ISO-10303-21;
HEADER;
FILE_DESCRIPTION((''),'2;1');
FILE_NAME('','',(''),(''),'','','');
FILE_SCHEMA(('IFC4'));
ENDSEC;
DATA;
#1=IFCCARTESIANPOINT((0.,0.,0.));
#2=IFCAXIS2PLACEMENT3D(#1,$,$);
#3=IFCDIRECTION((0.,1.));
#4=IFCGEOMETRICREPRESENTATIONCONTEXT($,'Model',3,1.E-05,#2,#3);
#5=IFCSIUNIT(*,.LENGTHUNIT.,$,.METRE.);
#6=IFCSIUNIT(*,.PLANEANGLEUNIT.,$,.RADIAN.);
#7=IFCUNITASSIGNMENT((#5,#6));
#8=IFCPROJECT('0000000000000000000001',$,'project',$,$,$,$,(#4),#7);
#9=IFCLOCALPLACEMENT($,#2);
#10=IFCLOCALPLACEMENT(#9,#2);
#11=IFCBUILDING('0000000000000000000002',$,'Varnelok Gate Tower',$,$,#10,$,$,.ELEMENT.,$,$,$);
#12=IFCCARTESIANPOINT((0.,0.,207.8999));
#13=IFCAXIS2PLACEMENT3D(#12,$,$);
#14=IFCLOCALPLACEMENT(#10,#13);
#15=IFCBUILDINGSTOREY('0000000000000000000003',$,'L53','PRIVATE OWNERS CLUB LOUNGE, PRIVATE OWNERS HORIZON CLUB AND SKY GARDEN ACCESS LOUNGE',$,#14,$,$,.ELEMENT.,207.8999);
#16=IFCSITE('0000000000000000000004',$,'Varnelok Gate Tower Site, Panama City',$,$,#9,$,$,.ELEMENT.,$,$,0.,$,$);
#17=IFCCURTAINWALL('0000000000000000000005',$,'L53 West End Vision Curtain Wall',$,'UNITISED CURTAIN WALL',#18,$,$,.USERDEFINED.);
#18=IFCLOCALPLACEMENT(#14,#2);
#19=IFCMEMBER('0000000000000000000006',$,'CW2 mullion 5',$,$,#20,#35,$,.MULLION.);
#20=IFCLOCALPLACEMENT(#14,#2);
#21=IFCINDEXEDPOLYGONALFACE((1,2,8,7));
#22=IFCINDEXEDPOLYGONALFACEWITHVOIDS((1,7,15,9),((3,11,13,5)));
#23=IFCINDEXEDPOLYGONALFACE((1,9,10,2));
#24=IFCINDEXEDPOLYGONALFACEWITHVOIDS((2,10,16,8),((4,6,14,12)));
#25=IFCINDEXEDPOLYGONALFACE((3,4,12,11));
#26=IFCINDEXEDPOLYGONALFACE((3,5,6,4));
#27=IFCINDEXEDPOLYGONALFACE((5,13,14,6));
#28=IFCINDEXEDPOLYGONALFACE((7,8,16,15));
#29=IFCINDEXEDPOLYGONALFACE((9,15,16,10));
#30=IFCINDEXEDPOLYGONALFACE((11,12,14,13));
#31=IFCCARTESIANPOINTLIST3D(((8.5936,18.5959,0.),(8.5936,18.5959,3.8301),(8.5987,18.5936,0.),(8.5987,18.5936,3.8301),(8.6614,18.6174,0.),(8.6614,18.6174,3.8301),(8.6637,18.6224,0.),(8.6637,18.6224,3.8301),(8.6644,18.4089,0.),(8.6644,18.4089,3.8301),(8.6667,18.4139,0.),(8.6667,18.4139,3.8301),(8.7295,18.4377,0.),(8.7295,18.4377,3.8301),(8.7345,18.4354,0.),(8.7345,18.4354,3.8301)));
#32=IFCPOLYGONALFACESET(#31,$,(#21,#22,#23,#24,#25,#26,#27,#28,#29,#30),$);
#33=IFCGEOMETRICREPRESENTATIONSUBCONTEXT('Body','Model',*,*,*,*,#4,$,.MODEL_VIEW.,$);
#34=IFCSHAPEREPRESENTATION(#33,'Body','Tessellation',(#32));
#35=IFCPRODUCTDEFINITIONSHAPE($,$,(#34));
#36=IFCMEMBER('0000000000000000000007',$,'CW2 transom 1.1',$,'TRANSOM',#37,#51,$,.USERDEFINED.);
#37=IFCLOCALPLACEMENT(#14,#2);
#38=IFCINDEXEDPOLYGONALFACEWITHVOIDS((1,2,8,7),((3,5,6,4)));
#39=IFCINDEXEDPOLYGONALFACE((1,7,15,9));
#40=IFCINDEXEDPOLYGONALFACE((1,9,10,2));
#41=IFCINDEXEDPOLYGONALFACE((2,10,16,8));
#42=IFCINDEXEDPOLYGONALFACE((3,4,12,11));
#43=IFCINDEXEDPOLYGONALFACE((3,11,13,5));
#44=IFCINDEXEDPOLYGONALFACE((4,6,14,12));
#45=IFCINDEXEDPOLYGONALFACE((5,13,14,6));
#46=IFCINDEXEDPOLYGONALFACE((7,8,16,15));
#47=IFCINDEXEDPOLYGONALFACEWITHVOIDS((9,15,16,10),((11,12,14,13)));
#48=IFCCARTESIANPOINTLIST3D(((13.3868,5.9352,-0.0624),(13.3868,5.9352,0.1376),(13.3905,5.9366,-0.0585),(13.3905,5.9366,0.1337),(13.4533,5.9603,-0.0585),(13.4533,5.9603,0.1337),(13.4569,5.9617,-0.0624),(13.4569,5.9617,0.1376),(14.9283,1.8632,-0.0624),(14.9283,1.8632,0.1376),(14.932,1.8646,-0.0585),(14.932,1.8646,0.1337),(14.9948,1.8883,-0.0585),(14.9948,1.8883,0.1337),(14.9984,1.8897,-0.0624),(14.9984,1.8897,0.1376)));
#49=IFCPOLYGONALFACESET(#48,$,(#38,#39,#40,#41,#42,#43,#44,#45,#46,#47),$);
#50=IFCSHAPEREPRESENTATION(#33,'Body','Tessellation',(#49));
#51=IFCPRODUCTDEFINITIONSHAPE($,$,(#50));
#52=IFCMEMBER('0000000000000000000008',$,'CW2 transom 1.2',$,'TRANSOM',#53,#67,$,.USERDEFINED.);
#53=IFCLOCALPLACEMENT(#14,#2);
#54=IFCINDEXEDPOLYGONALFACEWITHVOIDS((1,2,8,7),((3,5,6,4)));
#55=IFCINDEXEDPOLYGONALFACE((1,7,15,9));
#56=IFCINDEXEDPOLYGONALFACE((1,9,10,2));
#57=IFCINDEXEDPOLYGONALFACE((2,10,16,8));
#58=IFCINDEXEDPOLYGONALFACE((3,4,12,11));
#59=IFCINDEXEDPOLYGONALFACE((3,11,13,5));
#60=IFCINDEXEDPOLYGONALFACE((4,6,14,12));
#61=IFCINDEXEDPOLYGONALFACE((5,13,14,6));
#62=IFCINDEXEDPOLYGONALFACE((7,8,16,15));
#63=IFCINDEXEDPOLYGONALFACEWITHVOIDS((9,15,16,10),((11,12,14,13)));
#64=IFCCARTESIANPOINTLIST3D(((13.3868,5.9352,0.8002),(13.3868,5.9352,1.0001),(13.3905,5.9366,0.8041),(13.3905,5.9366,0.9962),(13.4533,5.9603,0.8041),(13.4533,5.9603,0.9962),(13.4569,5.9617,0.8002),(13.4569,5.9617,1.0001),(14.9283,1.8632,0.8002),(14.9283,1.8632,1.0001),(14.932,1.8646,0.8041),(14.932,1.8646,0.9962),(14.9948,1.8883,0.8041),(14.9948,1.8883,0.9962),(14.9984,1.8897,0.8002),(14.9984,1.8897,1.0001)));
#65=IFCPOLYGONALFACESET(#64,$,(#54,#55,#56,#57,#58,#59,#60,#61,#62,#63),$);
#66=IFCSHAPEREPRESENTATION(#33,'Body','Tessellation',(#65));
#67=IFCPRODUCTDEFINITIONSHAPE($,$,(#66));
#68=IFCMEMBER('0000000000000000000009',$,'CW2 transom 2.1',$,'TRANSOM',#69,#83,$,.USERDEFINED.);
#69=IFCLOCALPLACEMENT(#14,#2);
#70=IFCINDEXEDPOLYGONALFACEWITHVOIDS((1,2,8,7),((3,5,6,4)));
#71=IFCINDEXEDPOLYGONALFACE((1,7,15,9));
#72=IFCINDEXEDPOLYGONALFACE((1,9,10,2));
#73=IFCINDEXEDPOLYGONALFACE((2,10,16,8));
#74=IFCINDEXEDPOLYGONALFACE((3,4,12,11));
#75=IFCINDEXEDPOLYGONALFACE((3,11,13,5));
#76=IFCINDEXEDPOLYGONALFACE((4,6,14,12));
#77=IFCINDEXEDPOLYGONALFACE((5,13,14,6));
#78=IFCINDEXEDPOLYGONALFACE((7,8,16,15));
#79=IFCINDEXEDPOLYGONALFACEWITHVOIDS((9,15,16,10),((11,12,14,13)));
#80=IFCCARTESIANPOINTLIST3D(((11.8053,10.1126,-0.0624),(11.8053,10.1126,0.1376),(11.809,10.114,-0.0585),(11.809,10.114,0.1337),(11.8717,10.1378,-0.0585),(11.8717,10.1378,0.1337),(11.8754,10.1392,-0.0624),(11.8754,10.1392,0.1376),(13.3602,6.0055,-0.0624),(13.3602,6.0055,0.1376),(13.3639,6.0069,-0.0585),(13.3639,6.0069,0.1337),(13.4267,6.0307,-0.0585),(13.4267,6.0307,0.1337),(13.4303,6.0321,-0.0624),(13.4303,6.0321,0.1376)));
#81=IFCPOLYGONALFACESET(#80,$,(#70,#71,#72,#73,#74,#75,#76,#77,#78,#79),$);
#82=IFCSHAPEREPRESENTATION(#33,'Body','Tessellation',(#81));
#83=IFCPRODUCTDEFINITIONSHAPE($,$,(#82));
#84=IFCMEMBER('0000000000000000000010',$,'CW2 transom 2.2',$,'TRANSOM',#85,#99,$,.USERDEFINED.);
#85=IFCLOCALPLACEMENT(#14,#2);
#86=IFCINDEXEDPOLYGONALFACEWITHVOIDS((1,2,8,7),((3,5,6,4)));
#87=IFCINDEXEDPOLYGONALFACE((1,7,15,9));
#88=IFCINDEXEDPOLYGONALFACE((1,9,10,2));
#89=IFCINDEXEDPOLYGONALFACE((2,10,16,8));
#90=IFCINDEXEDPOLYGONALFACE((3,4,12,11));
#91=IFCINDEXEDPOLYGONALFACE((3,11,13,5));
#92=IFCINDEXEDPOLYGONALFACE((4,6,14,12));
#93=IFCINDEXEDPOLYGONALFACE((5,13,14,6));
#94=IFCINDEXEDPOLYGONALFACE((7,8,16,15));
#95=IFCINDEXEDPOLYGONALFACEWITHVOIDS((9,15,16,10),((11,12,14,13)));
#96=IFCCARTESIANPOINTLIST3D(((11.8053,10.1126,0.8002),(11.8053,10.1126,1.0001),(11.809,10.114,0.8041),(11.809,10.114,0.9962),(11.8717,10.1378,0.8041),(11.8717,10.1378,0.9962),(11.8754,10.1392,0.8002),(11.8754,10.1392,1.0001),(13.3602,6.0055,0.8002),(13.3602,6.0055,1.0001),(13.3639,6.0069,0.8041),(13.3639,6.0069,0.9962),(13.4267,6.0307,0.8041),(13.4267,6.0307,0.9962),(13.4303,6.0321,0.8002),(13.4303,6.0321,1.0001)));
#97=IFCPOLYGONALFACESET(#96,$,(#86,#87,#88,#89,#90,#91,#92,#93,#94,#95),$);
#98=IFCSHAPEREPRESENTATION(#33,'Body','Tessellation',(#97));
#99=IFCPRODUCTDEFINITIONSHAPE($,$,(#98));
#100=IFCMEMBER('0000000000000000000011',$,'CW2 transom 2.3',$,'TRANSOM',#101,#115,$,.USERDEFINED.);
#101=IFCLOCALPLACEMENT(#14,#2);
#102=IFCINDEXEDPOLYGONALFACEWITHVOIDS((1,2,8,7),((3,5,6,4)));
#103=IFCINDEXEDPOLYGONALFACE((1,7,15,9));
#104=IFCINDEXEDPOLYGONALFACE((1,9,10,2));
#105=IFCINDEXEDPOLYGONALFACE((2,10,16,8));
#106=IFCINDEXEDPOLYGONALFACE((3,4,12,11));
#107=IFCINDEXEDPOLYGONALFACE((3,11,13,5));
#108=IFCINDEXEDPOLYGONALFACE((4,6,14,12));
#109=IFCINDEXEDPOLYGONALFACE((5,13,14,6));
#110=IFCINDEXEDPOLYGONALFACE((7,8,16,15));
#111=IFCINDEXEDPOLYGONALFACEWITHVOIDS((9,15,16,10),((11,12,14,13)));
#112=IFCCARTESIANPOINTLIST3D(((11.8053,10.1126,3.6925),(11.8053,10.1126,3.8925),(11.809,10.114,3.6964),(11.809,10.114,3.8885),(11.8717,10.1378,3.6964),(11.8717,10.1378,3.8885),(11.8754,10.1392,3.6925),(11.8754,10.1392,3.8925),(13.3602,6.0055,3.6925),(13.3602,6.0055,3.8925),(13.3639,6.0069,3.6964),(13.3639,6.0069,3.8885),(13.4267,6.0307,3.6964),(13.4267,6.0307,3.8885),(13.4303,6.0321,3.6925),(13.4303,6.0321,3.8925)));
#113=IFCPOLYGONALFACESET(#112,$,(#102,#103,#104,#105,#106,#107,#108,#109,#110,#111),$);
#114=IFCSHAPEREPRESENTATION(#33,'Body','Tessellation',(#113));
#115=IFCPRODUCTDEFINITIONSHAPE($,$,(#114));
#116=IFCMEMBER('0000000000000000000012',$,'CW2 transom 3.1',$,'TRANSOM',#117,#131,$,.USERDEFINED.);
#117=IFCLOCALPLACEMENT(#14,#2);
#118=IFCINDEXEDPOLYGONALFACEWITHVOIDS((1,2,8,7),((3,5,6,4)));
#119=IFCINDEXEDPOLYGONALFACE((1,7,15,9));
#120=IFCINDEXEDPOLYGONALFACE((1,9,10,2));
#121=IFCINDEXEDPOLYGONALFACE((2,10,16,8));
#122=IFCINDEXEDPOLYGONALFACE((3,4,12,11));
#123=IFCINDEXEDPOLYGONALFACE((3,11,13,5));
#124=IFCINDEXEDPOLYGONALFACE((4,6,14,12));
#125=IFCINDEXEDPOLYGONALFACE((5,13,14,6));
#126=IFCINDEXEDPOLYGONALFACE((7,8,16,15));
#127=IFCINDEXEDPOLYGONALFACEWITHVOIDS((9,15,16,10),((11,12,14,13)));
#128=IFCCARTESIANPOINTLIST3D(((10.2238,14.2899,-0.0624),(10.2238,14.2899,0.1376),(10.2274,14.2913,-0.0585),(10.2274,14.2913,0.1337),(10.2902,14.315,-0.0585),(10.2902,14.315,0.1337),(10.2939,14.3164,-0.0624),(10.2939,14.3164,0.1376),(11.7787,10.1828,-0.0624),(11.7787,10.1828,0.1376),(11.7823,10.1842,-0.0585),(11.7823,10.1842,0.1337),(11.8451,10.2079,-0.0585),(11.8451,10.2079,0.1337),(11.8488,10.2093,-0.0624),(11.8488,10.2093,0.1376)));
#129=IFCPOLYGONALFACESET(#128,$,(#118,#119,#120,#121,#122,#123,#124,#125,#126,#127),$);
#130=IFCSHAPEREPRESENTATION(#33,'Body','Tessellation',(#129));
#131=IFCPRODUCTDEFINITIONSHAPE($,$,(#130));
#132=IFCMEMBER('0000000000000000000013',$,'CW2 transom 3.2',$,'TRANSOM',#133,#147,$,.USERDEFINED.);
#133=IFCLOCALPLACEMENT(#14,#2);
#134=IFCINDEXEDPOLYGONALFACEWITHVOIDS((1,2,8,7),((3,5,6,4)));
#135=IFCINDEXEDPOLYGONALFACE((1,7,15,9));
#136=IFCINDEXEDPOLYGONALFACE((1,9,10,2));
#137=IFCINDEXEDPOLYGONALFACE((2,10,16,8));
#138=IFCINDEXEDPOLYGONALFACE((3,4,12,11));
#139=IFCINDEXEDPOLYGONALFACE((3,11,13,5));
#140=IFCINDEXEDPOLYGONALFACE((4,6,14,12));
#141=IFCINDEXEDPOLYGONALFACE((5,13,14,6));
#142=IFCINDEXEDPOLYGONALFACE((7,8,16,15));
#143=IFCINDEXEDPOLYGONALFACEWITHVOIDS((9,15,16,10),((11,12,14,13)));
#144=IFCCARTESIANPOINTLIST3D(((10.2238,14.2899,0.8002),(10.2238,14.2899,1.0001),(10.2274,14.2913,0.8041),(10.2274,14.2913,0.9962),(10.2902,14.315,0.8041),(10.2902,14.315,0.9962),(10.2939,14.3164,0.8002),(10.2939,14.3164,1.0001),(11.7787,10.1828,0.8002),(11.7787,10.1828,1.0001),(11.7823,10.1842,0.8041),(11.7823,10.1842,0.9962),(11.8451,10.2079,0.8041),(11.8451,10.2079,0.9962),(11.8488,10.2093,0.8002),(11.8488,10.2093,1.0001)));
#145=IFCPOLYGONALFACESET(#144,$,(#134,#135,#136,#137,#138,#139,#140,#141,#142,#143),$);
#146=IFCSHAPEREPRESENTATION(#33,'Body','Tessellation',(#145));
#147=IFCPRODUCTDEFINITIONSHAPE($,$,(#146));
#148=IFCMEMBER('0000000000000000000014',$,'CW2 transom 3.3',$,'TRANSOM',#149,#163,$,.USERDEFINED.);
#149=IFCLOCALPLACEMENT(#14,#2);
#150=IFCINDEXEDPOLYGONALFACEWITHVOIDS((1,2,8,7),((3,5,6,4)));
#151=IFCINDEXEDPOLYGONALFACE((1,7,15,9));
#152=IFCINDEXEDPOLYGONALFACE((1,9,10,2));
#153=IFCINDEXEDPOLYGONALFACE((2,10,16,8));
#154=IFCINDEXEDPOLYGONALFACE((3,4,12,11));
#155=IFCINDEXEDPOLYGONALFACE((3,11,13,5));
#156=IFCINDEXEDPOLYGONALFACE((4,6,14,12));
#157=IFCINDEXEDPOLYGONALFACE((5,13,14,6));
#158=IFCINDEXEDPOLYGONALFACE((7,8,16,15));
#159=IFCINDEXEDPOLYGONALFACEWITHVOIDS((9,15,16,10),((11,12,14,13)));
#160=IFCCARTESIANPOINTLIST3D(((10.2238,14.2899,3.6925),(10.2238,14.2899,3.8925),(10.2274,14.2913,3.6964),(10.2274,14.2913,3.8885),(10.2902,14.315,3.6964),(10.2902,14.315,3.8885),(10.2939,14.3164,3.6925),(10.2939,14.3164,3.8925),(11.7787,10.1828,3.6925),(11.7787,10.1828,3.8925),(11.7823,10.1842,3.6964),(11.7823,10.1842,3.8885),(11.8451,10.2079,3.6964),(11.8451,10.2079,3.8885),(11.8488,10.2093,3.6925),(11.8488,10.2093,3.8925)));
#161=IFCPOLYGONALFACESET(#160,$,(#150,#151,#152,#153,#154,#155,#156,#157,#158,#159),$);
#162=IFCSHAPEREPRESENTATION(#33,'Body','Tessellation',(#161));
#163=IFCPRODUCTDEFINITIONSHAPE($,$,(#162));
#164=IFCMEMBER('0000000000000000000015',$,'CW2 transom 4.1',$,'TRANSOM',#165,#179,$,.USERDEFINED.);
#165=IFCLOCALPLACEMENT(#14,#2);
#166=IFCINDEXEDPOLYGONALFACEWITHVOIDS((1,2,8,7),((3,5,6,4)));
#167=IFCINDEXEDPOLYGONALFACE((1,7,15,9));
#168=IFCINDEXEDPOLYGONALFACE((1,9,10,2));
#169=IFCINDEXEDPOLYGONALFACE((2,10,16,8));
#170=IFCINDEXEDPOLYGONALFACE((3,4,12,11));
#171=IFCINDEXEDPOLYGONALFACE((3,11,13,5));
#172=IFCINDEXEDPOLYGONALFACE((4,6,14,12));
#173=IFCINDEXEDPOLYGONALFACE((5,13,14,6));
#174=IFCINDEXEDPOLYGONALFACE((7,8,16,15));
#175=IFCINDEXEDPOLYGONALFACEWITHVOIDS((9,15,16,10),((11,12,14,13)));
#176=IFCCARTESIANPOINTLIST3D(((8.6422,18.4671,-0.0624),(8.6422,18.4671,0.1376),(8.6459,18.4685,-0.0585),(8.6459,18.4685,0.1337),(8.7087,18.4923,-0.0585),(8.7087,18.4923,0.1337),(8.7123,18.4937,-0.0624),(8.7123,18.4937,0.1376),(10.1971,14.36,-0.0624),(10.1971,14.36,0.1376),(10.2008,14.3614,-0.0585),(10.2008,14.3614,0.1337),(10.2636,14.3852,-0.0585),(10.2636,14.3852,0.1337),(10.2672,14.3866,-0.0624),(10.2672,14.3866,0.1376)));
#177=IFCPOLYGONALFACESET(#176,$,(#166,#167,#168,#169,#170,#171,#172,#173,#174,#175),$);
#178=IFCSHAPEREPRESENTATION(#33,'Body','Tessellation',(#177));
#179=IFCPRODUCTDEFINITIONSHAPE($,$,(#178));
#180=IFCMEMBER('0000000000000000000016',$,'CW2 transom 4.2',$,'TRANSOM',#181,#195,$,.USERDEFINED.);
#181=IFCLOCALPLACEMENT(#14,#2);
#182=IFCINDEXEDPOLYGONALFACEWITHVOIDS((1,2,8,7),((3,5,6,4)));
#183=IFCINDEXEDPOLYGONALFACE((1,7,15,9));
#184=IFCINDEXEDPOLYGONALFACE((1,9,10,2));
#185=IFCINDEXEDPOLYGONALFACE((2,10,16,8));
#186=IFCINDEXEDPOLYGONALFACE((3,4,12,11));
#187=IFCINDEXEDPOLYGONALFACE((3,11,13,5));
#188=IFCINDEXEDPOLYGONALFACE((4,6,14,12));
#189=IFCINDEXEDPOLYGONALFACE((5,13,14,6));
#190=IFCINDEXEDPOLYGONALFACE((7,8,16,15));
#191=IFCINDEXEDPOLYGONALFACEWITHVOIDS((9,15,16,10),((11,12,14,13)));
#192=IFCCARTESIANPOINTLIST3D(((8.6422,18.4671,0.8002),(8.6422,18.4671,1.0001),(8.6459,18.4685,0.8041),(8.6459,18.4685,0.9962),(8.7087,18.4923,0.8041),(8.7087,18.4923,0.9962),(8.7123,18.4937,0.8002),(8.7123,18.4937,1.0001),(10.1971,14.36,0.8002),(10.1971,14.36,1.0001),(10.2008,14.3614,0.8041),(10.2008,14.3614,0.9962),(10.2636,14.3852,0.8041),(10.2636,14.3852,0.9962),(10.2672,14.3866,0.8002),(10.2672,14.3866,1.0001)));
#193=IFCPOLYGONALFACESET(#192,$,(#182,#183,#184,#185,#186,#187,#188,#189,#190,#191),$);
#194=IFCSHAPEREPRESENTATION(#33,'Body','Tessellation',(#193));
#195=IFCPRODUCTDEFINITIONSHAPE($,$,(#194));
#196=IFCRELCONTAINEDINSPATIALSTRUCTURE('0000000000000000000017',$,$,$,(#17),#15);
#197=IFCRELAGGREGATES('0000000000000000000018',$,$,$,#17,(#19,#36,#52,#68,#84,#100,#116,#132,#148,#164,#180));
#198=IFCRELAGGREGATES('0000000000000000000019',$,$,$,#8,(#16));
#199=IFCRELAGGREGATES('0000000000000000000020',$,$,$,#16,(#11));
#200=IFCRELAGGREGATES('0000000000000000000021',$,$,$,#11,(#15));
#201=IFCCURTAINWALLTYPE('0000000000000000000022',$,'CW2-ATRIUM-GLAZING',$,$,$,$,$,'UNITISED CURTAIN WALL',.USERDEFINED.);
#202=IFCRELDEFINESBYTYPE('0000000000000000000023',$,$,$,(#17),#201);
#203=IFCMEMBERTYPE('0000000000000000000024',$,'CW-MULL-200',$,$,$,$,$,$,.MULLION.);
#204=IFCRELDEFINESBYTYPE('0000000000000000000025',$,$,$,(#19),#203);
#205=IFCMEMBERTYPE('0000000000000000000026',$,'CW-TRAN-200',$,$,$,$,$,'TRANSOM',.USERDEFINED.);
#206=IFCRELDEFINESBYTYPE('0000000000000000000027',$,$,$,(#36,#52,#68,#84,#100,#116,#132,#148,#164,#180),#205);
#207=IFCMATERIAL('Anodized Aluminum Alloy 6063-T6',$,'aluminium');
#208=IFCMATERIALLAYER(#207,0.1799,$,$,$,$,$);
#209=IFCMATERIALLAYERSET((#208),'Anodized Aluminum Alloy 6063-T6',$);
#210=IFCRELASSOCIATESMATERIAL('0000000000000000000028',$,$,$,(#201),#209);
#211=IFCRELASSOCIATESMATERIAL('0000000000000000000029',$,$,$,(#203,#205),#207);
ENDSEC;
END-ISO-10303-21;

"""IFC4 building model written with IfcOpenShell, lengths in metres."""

from ifc_helpers import new_model, si_unit, direction, frame, origin, origin_2d, place, context, subcontext, project, spatial, hollow_rectangle, extrude, material, layer, layer_set, material_profile, profile_set, type_object, element, aggregate, save


model = new_model("IFC4")

# Units and contexts
model_context = context("Model", 3, precision=1e-05, world=origin(), true_north=direction((0.0, 1.0)))
body_context = subcontext(model_context, "Body", "Model", "MODEL_VIEW")
ifc_project = project(units=[si_unit("LENGTHUNIT", "METRE"), si_unit("PLANEANGLEUNIT", "RADIAN")], contexts=[model_context])

# Site, building, storey
site_placement = place(None, origin())
site = spatial("IfcSite", under=ifc_project, at=site_placement, Name="Varnelok Gate Tower Site, Panama City", CompositionType="ELEMENT", RefElevation=0.0)
building_placement = place(site_placement, origin())
building = spatial("IfcBuilding", under=site, at=building_placement, Name="Varnelok Gate Tower", CompositionType="ELEMENT")
storey_placement = place(building_placement, frame((0.0, 0.0, 207.8999)))
storey = spatial("IfcBuildingStorey", under=building, at=storey_placement, Name="L53", Description="PRIVATE OWNERS CLUB LOUNGE, PRIVATE OWNERS HORIZON CLUB AND SKY GARDEN ACCESS LOUNGE", CompositionType="ELEMENT", Elevation=207.8999)

# Curtain wall, members
ifc_material_1 = material(Name="Anodized Aluminum Alloy 6063-T6", Category="aluminium")
ifc_layer_1 = layer(ifc_material_1, 0.1799)
ifc_layer_set_1 = layer_set([ifc_layer_1], Name="Anodized Aluminum Alloy 6063-T6")
curtain_wall_type = type_object("IfcCurtainWallType", Name="CW2-ATRIUM-GLAZING", ElementType="UNITISED CURTAIN WALL", PredefinedType="USERDEFINED", material=ifc_layer_set_1)
curtain_wall_placement = place(storey_placement, origin())
curtain_wall = element("IfcCurtainWall", 1, at=curtain_wall_placement, inside=storey, type_object=curtain_wall_type, Name="L53 West End Vision Curtain Wall", ObjectType="UNITISED CURTAIN WALL", PredefinedType="USERDEFINED")
ifc_material_profile_1 = material_profile(ifc_material_1, hollow_rectangle(XDim=0.075, YDim=0.2, WallThickness=0.0039, at=origin_2d()), Name="ALU200X75X4")
ifc_profile_set_1 = profile_set([ifc_material_profile_1], Name="Anodized Aluminum Alloy 6063-T6")
member_type_1 = type_object("IfcMemberType", Name="CW-MULL-200", PredefinedType="MULLION", material=ifc_profile_set_1)
member_1_placement = place(storey_placement, frame((8.6641, 18.5156, 0.0), z_axis=(0.0, 0.0, 1.0), x_axis=(-0.935221, -0.354064, 0.0)))
member_1 = element("IfcMember", 2, at=member_1_placement, type_object=member_type_1, Name="CW2 mullion 5", PredefinedType="MULLION", context=body_context, shape_type="SweptSolid", body=[
    extrude(hollow_rectangle(XDim=0.075, YDim=0.2, WallThickness=0.0039, at=origin_2d()), origin(), (0.0, 0.0, 1.0), 3.8301),
])
ifc_material_profile_2 = material_profile(ifc_material_1, hollow_rectangle(XDim=0.075, YDim=0.2, WallThickness=0.0039, at=origin_2d()), Name="ALU200X75X4")
ifc_profile_set_2 = profile_set([ifc_material_profile_2], Name="Anodized Aluminum Alloy 6063-T6")
member_type_2 = type_object("IfcMemberType", Name="CW-TRAN-200", ElementType="TRANSOM", PredefinedType="USERDEFINED", material=ifc_profile_set_2)
member_2_placement = place(storey_placement, frame((14.9634, 1.8765, 0.0376), z_axis=(-0.354041, 0.93523, 0.0), x_axis=(-0.93523, -0.354041, 0.0)))
member_2 = element("IfcMember", 3, at=member_2_placement, type_object=member_type_2, Name="CW2 transom 1.1", ObjectType="TRANSOM", PredefinedType="USERDEFINED", context=body_context, shape_type="SweptSolid", body=[
    extrude(hollow_rectangle(XDim=0.075, YDim=0.2, WallThickness=0.0039, at=origin_2d()), origin(), (0.0, 0.0, 1.0), 4.354),
])
member_3_placement = place(storey_placement, frame((14.9634, 1.8765, 0.9001), z_axis=(-0.354041, 0.93523, 0.0), x_axis=(-0.93523, -0.354041, 0.0)))
member_3 = element("IfcMember", 4, at=member_3_placement, type_object=member_type_2, Name="CW2 transom 1.2", ObjectType="TRANSOM", PredefinedType="USERDEFINED", context=body_context, shape_type="SweptSolid", body=[
    extrude(hollow_rectangle(XDim=0.075, YDim=0.2, WallThickness=0.0039, at=origin_2d()), origin(), (0.0, 0.0, 1.0), 4.354),
])
member_4_placement = place(storey_placement, frame((13.3953, 6.0188, 0.0376), z_axis=(-0.354064, 0.935221, 0.0), x_axis=(-0.935221, -0.354064, 0.0)))
member_4 = element("IfcMember", 5, at=member_4_placement, type_object=member_type_2, Name="CW2 transom 2.1", ObjectType="TRANSOM", PredefinedType="USERDEFINED", context=body_context, shape_type="SweptSolid", body=[
    extrude(hollow_rectangle(XDim=0.075, YDim=0.2, WallThickness=0.0039, at=origin_2d()), origin(), (0.0, 0.0, 1.0), 4.3916),
])
member_5_placement = place(storey_placement, frame((13.3953, 6.0188, 0.9001), z_axis=(-0.354064, 0.935221, 0.0), x_axis=(-0.935221, -0.354064, 0.0)))
member_5 = element("IfcMember", 6, at=member_5_placement, type_object=member_type_2, Name="CW2 transom 2.2", ObjectType="TRANSOM", PredefinedType="USERDEFINED", context=body_context, shape_type="SweptSolid", body=[
    extrude(hollow_rectangle(XDim=0.075, YDim=0.2, WallThickness=0.0039, at=origin_2d()), origin(), (0.0, 0.0, 1.0), 4.3916),
])
member_6_placement = place(storey_placement, frame((13.3953, 6.0188, 3.7925), z_axis=(-0.354064, 0.935221, 0.0), x_axis=(-0.935221, -0.354064, 0.0)))
member_6 = element("IfcMember", 7, at=member_6_placement, type_object=member_type_2, Name="CW2 transom 2.3", ObjectType="TRANSOM", PredefinedType="USERDEFINED", context=body_context, shape_type="SweptSolid", body=[
    extrude(hollow_rectangle(XDim=0.075, YDim=0.2, WallThickness=0.0039, at=origin_2d()), origin(), (0.0, 0.0, 1.0), 4.3916),
])
member_7_placement = place(storey_placement, frame((11.8137, 10.196, 0.0376), z_axis=(-0.354064, 0.935221, 0.0), x_axis=(-0.935221, -0.354064, 0.0)))
member_7 = element("IfcMember", 8, at=member_7_placement, type_object=member_type_2, Name="CW2 transom 3.1", ObjectType="TRANSOM", PredefinedType="USERDEFINED", context=body_context, shape_type="SweptSolid", body=[
    extrude(hollow_rectangle(XDim=0.075, YDim=0.2, WallThickness=0.0039, at=origin_2d()), origin(), (0.0, 0.0, 1.0), 4.3916),
])
member_8_placement = place(storey_placement, frame((11.8137, 10.196, 0.9001), z_axis=(-0.354064, 0.935221, 0.0), x_axis=(-0.935221, -0.354064, 0.0)))
member_8 = element("IfcMember", 9, at=member_8_placement, type_object=member_type_2, Name="CW2 transom 3.2", ObjectType="TRANSOM", PredefinedType="USERDEFINED", context=body_context, shape_type="SweptSolid", body=[
    extrude(hollow_rectangle(XDim=0.075, YDim=0.2, WallThickness=0.0039, at=origin_2d()), origin(), (0.0, 0.0, 1.0), 4.3916),
])
member_9_placement = place(storey_placement, frame((11.8137, 10.196, 3.7925), z_axis=(-0.354064, 0.935221, 0.0), x_axis=(-0.935221, -0.354064, 0.0)))
member_9 = element("IfcMember", 10, at=member_9_placement, type_object=member_type_2, Name="CW2 transom 3.3", ObjectType="TRANSOM", PredefinedType="USERDEFINED", context=body_context, shape_type="SweptSolid", body=[
    extrude(hollow_rectangle(XDim=0.075, YDim=0.2, WallThickness=0.0039, at=origin_2d()), origin(), (0.0, 0.0, 1.0), 4.3916),
])
member_10_placement = place(storey_placement, frame((10.2322, 14.3733, 0.0376), z_axis=(-0.354064, 0.935221, 0.0), x_axis=(-0.935221, -0.354064, 0.0)))
member_10 = element("IfcMember", 11, at=member_10_placement, type_object=member_type_2, Name="CW2 transom 4.1", ObjectType="TRANSOM", PredefinedType="USERDEFINED", context=body_context, shape_type="SweptSolid", body=[
    extrude(hollow_rectangle(XDim=0.075, YDim=0.2, WallThickness=0.0039, at=origin_2d()), origin(), (0.0, 0.0, 1.0), 4.3916),
])
member_11_placement = place(storey_placement, frame((10.2322, 14.3733, 0.9001), z_axis=(-0.354064, 0.935221, 0.0), x_axis=(-0.935221, -0.354064, 0.0)))
member_11 = element("IfcMember", 12, at=member_11_placement, type_object=member_type_2, Name="CW2 transom 4.2", ObjectType="TRANSOM", PredefinedType="USERDEFINED", context=body_context, shape_type="SweptSolid", body=[
    extrude(hollow_rectangle(XDim=0.075, YDim=0.2, WallThickness=0.0039, at=origin_2d()), origin(), (0.0, 0.0, 1.0), 4.3916),
])

aggregate(curtain_wall, [member_1, member_2, member_3, member_4, member_5, member_6, member_7, member_8, member_9, member_10, member_11])

save(model, "model.ifc")
